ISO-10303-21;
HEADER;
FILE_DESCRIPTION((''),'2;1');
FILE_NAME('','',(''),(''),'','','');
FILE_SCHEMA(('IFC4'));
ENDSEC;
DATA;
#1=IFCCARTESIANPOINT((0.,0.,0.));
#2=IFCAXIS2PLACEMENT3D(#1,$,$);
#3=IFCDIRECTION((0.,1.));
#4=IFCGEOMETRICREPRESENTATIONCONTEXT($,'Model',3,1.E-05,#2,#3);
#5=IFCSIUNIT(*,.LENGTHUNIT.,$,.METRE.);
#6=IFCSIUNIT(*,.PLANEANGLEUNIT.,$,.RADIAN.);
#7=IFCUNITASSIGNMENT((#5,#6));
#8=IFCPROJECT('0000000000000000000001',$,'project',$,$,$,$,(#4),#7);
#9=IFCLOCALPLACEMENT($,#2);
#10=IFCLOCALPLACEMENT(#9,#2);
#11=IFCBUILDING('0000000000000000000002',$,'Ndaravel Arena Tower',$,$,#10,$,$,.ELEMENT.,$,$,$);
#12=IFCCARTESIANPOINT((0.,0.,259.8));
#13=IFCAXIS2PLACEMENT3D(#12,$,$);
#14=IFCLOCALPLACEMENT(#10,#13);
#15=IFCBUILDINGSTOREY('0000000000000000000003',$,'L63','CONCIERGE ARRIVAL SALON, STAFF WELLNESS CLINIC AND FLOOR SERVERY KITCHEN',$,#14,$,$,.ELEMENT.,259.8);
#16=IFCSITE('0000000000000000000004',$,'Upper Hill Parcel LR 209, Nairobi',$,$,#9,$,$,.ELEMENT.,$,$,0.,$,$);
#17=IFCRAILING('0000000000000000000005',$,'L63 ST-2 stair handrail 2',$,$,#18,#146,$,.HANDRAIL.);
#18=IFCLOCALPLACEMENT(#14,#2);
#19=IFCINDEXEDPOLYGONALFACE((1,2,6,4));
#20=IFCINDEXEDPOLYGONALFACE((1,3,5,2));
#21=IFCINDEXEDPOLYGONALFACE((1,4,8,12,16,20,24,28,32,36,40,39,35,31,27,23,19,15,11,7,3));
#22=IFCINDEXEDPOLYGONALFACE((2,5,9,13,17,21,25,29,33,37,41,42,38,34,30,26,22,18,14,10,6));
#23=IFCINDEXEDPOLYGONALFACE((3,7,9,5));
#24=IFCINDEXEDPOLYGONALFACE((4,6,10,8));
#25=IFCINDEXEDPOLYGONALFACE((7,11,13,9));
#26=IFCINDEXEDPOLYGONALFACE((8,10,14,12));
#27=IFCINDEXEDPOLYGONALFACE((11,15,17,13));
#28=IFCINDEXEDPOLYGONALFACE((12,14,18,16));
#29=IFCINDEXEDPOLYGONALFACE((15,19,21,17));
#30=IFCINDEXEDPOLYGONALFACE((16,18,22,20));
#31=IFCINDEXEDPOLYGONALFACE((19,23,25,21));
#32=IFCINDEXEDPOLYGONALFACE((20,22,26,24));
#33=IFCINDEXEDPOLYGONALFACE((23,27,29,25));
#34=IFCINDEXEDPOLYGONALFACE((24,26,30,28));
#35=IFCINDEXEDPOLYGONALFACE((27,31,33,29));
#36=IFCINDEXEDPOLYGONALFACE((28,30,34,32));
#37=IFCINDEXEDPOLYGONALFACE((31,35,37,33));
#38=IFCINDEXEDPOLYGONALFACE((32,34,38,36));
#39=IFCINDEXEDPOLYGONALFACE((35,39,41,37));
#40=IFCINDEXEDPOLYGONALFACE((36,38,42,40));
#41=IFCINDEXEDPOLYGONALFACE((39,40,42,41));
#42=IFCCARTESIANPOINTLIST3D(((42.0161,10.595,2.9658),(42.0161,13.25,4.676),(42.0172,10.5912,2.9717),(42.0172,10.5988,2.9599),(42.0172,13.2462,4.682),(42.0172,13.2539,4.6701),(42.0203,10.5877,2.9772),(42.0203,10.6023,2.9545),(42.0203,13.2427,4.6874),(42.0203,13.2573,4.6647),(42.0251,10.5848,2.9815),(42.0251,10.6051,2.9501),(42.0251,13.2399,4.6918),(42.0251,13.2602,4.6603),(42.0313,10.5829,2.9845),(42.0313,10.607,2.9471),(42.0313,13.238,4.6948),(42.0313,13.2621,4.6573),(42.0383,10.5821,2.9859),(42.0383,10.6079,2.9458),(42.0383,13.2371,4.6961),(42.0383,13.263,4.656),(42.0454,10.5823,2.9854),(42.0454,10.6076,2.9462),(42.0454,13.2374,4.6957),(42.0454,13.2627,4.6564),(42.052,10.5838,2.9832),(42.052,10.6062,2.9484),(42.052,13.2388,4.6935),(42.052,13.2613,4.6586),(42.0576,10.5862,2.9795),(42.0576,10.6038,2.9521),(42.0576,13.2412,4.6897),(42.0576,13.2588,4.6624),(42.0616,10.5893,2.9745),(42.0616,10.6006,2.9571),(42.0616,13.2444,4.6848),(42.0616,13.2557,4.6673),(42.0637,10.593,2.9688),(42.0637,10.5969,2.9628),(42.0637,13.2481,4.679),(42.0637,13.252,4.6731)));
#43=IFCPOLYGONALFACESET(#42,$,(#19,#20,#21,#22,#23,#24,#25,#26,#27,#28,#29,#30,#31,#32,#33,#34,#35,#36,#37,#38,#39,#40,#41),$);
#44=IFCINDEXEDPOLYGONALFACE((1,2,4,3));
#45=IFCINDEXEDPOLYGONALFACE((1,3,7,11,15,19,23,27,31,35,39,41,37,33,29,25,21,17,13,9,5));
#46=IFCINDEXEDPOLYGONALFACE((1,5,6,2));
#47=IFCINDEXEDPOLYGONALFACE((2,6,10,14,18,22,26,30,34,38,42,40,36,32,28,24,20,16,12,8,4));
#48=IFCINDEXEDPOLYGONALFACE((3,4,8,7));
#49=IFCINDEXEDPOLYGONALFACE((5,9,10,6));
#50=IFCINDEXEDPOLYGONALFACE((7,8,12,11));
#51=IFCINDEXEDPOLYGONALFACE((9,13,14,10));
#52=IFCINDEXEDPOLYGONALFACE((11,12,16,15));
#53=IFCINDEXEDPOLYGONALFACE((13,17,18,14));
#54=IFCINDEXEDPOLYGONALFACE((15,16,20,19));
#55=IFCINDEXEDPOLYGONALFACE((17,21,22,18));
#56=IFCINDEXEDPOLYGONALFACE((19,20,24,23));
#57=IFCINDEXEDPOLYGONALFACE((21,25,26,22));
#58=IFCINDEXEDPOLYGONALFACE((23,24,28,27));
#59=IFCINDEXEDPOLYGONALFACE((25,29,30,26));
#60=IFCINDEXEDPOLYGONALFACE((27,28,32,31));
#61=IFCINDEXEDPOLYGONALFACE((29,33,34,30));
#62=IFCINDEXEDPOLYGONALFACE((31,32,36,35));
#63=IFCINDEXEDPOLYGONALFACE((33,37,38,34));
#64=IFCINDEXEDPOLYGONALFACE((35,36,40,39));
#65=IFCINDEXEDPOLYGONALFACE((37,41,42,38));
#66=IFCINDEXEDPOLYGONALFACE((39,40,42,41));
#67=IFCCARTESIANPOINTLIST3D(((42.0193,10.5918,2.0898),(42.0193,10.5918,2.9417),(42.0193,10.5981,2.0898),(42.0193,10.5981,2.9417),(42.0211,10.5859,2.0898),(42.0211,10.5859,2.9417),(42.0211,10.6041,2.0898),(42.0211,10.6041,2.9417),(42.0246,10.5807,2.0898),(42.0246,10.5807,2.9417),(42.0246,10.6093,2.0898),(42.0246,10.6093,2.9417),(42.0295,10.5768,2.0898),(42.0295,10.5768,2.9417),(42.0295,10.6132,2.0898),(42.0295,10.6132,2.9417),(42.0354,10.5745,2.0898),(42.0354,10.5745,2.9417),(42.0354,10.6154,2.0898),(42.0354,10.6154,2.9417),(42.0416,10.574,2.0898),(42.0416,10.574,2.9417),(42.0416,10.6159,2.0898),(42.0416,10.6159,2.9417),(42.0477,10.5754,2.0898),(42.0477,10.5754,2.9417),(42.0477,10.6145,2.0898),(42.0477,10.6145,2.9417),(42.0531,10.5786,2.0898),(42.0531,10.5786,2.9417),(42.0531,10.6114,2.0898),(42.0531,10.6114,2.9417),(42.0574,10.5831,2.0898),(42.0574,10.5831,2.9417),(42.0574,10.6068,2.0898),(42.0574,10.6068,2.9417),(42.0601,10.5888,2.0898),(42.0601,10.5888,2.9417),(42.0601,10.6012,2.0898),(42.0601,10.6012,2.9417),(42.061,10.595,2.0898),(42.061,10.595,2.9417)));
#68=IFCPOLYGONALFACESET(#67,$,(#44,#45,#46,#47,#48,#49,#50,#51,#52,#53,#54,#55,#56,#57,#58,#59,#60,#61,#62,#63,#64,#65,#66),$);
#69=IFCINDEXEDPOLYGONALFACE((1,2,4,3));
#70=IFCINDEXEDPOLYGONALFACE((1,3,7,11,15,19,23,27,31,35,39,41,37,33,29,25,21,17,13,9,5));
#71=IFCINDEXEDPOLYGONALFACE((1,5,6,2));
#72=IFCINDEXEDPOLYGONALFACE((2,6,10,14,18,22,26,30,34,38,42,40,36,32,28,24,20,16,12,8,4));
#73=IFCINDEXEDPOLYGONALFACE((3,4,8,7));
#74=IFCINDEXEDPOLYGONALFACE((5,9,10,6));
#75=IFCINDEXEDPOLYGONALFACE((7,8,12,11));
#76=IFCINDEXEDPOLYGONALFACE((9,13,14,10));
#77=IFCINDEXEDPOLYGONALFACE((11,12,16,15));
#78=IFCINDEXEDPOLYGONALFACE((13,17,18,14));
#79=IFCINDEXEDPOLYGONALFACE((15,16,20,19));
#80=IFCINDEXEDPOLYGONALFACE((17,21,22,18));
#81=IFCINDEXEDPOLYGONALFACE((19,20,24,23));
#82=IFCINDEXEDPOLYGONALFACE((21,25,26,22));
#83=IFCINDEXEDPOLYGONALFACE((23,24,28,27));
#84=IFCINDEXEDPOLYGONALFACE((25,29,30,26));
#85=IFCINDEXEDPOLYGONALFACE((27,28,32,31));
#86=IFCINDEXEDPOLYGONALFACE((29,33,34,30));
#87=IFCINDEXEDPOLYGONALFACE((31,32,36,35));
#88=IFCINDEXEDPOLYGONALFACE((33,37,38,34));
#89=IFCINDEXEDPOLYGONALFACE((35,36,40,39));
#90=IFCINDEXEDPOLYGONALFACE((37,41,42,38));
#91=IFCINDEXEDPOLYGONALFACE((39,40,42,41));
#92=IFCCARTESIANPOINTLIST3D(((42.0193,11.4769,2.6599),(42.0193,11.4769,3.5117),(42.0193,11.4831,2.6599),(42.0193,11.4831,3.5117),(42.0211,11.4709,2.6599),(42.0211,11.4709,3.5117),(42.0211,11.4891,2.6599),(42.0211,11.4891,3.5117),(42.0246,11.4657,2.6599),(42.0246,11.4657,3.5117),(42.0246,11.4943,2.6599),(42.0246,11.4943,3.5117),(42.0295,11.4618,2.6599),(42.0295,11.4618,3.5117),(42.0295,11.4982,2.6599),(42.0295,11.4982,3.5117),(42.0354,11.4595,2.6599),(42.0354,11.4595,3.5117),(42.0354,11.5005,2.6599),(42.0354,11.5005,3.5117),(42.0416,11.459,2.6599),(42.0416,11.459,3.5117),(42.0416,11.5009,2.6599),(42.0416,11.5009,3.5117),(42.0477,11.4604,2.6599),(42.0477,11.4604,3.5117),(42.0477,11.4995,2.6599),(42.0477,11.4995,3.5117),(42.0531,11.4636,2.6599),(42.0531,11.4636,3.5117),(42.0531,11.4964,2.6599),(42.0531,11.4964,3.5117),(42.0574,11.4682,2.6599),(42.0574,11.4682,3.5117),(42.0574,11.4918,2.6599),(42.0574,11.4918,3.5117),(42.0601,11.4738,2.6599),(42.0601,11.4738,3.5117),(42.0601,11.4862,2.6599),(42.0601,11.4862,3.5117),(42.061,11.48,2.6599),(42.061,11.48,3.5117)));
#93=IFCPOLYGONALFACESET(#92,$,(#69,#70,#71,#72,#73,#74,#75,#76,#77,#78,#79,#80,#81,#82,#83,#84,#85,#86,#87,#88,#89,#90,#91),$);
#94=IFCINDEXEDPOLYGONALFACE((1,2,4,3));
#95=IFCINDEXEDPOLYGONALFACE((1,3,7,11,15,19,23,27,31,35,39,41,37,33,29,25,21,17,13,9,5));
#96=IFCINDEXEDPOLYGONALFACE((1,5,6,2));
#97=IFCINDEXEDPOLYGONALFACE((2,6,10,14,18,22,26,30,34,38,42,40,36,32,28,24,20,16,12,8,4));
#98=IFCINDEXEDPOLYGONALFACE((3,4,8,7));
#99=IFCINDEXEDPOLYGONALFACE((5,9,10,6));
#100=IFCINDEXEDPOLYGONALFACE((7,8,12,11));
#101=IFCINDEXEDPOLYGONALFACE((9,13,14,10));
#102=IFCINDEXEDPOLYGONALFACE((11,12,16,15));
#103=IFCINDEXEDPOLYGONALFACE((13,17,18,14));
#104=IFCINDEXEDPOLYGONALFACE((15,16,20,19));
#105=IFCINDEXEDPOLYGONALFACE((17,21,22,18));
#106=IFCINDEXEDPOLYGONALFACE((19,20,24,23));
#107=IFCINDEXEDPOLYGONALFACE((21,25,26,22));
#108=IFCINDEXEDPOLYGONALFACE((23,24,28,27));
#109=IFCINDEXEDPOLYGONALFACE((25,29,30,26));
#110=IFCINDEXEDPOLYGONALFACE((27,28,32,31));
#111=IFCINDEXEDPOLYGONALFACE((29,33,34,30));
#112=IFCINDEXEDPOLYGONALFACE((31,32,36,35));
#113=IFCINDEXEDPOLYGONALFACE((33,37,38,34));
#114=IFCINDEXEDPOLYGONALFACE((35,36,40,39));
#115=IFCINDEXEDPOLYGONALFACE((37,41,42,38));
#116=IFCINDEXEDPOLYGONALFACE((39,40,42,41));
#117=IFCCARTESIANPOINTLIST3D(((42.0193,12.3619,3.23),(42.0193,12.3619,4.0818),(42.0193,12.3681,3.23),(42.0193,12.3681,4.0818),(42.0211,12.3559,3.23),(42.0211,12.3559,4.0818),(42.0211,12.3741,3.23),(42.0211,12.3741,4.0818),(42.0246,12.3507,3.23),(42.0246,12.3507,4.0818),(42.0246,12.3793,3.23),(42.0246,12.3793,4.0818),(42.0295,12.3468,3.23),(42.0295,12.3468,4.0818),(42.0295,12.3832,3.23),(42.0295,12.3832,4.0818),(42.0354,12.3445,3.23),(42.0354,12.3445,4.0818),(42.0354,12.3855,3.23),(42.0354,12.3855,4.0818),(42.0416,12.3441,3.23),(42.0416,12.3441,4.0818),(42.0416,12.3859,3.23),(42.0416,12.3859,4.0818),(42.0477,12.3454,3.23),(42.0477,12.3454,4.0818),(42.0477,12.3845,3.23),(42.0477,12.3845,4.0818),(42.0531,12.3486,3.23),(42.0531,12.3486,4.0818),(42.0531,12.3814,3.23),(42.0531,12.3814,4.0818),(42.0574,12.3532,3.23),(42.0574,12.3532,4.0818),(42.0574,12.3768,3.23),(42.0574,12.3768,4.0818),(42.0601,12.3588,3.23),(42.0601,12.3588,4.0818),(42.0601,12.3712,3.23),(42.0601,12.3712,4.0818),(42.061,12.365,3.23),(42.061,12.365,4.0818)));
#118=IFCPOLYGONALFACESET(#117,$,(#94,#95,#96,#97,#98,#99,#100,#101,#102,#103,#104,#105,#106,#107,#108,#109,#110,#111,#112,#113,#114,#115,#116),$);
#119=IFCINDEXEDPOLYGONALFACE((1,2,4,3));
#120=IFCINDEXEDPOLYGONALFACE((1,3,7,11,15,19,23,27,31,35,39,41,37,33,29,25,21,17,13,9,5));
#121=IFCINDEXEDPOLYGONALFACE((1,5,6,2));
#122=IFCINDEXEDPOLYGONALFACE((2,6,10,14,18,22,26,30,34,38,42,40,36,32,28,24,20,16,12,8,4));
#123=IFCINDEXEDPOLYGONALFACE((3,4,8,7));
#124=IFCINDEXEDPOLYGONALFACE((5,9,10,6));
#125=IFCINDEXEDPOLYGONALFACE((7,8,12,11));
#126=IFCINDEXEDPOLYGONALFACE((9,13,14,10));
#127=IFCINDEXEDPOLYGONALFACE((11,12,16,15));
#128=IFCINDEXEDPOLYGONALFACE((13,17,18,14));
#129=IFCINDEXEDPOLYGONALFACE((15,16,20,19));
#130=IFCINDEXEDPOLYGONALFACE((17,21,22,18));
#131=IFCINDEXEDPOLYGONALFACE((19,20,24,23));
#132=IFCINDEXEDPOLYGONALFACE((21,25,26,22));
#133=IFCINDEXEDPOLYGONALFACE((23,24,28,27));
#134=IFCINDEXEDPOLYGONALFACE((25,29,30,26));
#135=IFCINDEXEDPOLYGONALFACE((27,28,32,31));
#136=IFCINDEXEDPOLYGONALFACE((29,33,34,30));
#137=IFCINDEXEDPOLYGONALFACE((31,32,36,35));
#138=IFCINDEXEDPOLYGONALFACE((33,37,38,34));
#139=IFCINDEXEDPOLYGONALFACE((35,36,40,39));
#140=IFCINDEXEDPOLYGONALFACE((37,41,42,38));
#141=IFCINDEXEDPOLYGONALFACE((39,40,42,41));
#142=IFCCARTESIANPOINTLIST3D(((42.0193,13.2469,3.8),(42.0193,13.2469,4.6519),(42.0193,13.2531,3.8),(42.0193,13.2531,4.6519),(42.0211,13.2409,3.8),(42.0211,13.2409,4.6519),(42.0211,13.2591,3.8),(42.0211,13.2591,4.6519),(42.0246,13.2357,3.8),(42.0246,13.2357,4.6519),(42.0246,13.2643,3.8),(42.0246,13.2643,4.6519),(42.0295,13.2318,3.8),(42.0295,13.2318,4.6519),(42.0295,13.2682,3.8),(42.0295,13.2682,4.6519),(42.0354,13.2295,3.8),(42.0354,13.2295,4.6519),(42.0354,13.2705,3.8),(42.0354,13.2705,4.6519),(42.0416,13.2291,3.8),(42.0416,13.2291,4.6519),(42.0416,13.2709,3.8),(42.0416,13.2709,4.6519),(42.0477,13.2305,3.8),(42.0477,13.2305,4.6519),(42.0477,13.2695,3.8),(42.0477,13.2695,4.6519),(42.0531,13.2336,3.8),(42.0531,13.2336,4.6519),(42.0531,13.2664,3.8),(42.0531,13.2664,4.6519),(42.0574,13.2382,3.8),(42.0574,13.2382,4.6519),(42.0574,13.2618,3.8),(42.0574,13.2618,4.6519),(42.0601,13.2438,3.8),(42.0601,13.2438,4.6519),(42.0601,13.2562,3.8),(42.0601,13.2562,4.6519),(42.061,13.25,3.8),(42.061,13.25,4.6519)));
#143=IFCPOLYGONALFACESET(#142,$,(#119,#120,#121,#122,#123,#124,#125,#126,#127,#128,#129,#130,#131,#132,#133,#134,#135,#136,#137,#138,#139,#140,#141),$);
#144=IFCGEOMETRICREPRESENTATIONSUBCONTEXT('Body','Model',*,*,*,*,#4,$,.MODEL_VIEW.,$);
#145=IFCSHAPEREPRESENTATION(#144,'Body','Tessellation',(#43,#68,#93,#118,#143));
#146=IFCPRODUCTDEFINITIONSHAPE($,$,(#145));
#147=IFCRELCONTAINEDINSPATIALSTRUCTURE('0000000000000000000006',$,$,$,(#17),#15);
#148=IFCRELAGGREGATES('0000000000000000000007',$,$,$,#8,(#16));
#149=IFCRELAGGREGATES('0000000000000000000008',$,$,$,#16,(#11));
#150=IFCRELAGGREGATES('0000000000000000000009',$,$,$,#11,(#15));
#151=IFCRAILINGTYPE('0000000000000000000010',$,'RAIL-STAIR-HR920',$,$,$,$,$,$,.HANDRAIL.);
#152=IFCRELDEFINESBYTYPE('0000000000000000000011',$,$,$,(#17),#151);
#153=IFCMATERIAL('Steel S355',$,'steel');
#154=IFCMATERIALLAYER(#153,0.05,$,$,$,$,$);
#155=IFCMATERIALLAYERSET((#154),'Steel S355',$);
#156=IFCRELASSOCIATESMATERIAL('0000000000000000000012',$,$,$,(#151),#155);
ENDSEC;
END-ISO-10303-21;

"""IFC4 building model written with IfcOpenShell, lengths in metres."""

from ifc_helpers import new_model, si_unit, direction, frame, origin, origin_2d, place, context, subcontext, project, spatial, circle, extrude, material, layer, layer_set, type_object, element, save


model = new_model("IFC4")

# Units and contexts
model_context = context("Model", 3, precision=1e-05, world=origin(), true_north=direction((0.0, 1.0)))
body_context = subcontext(model_context, "Body", "Model", "MODEL_VIEW")
ifc_project = project(units=[si_unit("LENGTHUNIT", "METRE"), si_unit("PLANEANGLEUNIT", "RADIAN")], contexts=[model_context])

# Site, building, storey
site_placement = place(None, origin())
site = spatial("IfcSite", under=ifc_project, at=site_placement, Name="Upper Hill Parcel LR 209, Nairobi", CompositionType="ELEMENT", RefElevation=0.0)
building_placement = place(site_placement, origin())
building = spatial("IfcBuilding", under=site, at=building_placement, Name="Ndaravel Arena Tower", CompositionType="ELEMENT")
storey_placement = place(building_placement, frame((0.0, 0.0, 259.8)))
storey = spatial("IfcBuildingStorey", under=building, at=storey_placement, Name="L63", Description="CONCIERGE ARRIVAL SALON, STAFF WELLNESS CLINIC AND FLOOR SERVERY KITCHEN", CompositionType="ELEMENT", Elevation=259.8)

# Railing
ifc_material_1 = material(Name="Steel S355", Category="steel")
ifc_layer_1 = layer(ifc_material_1, 0.05)
ifc_layer_set_1 = layer_set([ifc_layer_1], Name="Steel S355")
railing_type_1 = type_object("IfcRailingType", Name="RAIL-STAIR-HR920", PredefinedType="HANDRAIL", material=ifc_layer_set_1)
railing_1_placement = place(storey_placement, frame((42.04, 10.595, 2.0898)))
element("IfcRailing", 1, at=railing_1_placement, inside=storey, type_object=railing_type_1, Name="L63 ST-2 stair handrail 2", PredefinedType="HANDRAIL", context=body_context, shape_type="SweptSolid", body=[
    extrude(circle(Radius=0.0239, at=origin_2d()), frame((0.0, 0.0, 0.876), z_axis=(0.0, 0.840688, 0.541519), x_axis=(-1.0, 0.0, 0.0)), (0.0, 0.0, 1.0), 3.1582),
    extrude(circle(Radius=0.021, at=origin_2d()), origin(), (0.0, 0.0, 1.0), 0.8518),
    extrude(circle(Radius=0.021, at=origin_2d()), frame((0.0, 0.885, 0.5701)), (0.0, 0.0, 1.0), 0.8518),
    extrude(circle(Radius=0.021, at=origin_2d()), frame((0.0, 1.77, 1.1401)), (0.0, 0.0, 1.0), 0.8518),
    extrude(circle(Radius=0.021, at=origin_2d()), frame((0.0, 2.655, 1.7102)), (0.0, 0.0, 1.0), 0.8518),
])

save(model, "model.ifc")
